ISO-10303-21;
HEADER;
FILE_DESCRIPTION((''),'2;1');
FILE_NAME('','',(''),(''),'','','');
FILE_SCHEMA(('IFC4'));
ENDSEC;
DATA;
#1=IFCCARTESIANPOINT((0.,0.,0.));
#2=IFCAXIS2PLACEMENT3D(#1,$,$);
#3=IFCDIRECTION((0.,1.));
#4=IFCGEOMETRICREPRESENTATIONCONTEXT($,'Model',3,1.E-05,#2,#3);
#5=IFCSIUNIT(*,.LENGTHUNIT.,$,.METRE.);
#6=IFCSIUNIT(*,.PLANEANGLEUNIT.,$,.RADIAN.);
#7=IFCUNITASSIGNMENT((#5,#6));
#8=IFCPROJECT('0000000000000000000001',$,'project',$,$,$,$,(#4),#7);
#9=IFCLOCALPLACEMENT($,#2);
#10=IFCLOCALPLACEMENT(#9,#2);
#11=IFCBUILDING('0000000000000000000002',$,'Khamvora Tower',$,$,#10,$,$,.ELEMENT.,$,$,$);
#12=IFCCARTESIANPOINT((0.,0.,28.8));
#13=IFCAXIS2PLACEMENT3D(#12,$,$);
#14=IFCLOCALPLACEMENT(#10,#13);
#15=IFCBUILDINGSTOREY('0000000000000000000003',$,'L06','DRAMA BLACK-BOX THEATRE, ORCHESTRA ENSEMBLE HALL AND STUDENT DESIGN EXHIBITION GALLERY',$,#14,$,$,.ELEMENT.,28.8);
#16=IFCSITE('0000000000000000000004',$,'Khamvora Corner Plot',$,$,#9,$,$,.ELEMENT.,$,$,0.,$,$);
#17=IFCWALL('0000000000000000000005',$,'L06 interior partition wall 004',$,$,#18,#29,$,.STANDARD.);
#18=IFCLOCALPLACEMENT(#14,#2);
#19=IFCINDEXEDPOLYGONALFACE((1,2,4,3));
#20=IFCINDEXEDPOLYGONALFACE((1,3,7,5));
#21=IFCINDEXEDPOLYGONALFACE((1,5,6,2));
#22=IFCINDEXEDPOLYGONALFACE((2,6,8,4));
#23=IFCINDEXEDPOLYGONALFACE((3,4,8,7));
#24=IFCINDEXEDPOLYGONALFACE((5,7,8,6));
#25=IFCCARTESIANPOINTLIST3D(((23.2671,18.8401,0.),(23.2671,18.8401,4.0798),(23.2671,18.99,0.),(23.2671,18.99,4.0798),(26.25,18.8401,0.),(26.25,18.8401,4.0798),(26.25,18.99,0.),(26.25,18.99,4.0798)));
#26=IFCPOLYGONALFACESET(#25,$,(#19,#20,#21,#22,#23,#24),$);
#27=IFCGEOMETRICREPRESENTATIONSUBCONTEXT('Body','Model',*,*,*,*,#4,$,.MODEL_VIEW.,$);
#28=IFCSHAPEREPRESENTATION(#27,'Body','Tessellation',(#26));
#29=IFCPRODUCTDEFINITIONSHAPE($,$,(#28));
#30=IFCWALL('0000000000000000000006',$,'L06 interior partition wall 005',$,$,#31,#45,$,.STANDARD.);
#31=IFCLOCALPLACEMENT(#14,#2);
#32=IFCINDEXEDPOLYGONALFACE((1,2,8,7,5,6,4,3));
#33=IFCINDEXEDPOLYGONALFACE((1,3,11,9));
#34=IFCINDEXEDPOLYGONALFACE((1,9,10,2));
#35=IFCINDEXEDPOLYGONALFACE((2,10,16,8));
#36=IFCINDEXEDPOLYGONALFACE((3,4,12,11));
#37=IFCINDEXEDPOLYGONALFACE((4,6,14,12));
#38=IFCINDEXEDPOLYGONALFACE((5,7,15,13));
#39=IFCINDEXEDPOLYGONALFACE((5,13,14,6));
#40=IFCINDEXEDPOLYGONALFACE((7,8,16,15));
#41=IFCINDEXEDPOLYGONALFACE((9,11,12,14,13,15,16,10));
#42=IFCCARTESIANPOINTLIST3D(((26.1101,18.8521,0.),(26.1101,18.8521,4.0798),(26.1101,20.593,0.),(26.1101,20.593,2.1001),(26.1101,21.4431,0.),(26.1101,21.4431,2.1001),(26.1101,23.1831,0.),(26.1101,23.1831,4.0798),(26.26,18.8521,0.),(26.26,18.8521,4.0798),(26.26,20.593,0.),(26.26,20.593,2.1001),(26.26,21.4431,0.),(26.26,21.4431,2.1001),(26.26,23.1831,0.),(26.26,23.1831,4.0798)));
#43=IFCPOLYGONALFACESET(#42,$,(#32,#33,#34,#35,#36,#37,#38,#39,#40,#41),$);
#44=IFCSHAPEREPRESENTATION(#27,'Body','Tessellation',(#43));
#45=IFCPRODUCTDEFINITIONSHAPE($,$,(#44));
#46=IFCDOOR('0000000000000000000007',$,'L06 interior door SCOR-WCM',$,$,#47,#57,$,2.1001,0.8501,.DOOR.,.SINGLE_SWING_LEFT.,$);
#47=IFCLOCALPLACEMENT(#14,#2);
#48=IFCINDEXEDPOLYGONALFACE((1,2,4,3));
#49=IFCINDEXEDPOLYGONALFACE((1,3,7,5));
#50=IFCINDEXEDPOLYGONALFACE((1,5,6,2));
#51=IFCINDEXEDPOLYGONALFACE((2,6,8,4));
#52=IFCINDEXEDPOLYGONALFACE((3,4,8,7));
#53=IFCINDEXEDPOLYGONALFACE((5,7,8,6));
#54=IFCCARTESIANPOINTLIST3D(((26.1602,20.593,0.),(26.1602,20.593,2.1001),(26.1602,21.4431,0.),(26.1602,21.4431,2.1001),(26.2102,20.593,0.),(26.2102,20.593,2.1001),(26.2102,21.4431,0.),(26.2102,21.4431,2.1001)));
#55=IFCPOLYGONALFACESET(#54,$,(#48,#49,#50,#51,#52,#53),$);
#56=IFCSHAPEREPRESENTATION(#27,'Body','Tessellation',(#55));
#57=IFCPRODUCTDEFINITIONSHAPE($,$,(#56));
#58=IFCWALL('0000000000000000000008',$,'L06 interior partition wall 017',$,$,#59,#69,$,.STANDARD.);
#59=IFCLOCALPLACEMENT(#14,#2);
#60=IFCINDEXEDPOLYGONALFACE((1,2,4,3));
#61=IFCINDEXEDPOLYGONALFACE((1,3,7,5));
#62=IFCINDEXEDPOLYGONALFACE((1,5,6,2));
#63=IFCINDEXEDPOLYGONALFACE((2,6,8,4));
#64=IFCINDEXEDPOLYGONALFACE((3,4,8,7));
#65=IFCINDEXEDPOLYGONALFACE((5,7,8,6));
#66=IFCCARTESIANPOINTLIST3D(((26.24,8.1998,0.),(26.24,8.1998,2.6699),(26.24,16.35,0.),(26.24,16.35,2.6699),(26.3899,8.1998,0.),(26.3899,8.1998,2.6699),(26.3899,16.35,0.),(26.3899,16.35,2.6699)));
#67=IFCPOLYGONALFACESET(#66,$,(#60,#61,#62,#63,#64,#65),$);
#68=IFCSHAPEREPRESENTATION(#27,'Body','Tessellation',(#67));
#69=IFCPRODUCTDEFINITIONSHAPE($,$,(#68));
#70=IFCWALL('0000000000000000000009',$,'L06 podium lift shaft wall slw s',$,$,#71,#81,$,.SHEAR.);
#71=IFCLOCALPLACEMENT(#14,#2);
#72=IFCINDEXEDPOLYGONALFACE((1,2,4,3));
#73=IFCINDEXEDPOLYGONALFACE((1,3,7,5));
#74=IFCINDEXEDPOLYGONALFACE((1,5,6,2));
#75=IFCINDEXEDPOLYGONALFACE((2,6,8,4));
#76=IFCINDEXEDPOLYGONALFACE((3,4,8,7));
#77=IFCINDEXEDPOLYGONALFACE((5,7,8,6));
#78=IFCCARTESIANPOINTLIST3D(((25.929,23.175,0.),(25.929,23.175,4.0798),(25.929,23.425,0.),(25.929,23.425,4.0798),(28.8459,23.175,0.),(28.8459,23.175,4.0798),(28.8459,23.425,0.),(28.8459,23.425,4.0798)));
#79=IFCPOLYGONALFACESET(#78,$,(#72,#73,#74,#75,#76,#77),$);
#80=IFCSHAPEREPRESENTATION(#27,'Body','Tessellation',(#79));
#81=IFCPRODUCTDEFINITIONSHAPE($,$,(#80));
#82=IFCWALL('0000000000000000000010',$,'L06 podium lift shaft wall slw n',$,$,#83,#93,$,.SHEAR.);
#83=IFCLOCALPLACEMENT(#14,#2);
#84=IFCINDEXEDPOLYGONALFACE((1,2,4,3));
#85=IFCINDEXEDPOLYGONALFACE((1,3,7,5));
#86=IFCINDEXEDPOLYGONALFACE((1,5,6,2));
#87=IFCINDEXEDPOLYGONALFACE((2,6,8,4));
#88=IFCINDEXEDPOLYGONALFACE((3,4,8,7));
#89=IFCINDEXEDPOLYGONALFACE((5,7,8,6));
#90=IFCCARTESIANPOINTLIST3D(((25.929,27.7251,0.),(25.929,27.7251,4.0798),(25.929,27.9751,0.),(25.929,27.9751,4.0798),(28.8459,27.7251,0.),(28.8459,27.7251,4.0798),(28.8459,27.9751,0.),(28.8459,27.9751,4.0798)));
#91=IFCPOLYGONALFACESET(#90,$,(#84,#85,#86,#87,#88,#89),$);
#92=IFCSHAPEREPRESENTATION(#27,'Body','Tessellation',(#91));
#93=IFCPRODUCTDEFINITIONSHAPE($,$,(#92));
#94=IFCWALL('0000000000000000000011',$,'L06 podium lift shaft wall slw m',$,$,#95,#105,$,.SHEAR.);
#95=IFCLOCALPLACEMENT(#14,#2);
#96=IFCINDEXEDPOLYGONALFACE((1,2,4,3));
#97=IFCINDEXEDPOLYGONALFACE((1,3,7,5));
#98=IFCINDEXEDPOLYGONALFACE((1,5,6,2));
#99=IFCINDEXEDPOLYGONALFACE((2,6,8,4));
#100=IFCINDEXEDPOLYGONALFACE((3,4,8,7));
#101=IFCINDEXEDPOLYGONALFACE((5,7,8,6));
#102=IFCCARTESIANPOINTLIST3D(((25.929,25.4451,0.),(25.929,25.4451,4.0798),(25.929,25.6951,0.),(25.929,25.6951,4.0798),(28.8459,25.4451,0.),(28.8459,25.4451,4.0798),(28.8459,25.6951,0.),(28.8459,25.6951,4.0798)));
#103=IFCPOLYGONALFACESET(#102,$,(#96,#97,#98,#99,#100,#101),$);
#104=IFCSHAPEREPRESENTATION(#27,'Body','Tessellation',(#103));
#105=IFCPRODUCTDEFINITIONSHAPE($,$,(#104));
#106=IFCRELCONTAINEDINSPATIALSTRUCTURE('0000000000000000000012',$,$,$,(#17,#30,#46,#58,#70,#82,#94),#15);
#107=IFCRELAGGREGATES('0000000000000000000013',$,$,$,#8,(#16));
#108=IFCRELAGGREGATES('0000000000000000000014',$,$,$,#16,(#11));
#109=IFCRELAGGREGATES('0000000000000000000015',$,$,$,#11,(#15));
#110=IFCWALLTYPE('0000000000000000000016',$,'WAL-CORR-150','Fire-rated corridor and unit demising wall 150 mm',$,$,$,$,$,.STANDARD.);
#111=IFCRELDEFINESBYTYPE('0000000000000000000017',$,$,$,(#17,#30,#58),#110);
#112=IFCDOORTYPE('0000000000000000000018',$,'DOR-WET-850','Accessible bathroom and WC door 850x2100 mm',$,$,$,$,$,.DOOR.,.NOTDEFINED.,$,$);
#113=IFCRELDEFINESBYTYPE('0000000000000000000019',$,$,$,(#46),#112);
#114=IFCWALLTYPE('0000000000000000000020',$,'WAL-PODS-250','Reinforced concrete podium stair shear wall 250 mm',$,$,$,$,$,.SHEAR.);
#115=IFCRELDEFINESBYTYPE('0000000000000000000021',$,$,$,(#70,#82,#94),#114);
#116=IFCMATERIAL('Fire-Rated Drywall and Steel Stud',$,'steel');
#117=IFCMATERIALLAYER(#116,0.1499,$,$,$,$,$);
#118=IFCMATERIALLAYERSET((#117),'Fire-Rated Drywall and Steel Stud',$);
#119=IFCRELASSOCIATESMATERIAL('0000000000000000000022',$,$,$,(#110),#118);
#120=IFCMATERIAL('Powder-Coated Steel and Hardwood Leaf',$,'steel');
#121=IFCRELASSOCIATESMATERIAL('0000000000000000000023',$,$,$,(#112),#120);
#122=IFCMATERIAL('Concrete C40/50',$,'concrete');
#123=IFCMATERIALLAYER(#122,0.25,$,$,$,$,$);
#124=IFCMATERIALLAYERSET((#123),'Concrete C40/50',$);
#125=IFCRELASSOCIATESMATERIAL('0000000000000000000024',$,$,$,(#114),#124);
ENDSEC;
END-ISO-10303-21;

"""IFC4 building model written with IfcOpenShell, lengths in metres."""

from ifc_helpers import new_model, si_unit, direction, frame, frame_2d, origin, place, context, subcontext, project, spatial, rectangle, extrude, material, layer, layer_set, type_object, element, fill, save


model = new_model("IFC4")

# Units and contexts
model_context = context("Model", 3, precision=1e-05, world=origin(), true_north=direction((0.0, 1.0)))
body_context = subcontext(model_context, "Body", "Model", "MODEL_VIEW")
ifc_project = project(units=[si_unit("LENGTHUNIT", "METRE"), si_unit("PLANEANGLEUNIT", "RADIAN")], contexts=[model_context])

# Site, building, storey
site_placement = place(None, origin())
site = spatial("IfcSite", under=ifc_project, at=site_placement, Name="Khamvora Corner Plot", CompositionType="ELEMENT", RefElevation=0.0)
building_placement = place(site_placement, origin())
building = spatial("IfcBuilding", under=site, at=building_placement, Name="Khamvora Tower", CompositionType="ELEMENT")
storey_placement = place(building_placement, frame((0.0, 0.0, 28.8)))
storey = spatial("IfcBuildingStorey", under=building, at=storey_placement, Name="L06", Description="DRAMA BLACK-BOX THEATRE, ORCHESTRA ENSEMBLE HALL AND STUDENT DESIGN EXHIBITION GALLERY", CompositionType="ELEMENT", Elevation=28.8)

# Shared definitions
ifc_material_1 = material(Name="Powder-Coated Steel and Hardwood Leaf", Category="steel")

# Wall
ifc_material_2 = material(Name="Fire-Rated Drywall and Steel Stud", Category="steel")
ifc_layer_1 = layer(ifc_material_2, 0.1499)
ifc_layer_set_1 = layer_set([ifc_layer_1], Name="Fire-Rated Drywall and Steel Stud")
wall_type_1 = type_object("IfcWallType", Name="WAL-CORR-150", Description="Fire-rated corridor and unit demising wall 150 mm", PredefinedType="STANDARD", material=ifc_layer_set_1)
wall_1_placement = place(storey_placement, frame((23.2671, 18.915, 0.0), z_axis=(0.0, 0.0, 1.0), x_axis=(1.0, 0.0, 0.0)))
element("IfcWall", 1, at=wall_1_placement, inside=storey, type_object=wall_type_1, Name="L06 interior partition wall 004", PredefinedType="STANDARD", context=body_context, shape_type="SweptSolid", body=[
    extrude(rectangle(XDim=2.9829, YDim=0.1499, at=frame_2d((1.4915, 0.0))), origin(), (0.0, 0.0, 1.0), 4.0798),
])

# Wall, opening, door
wall_2_placement = place(storey_placement, frame((26.1851, 18.8521, 0.0), z_axis=(0.0, 0.0, 1.0), x_axis=(0.0, 1.0, 0.0)))
wall_2 = element("IfcWall", 2, at=wall_2_placement, inside=storey, type_object=wall_type_1, Name="L06 interior partition wall 005", PredefinedType="STANDARD", context=body_context, shape_type="SweptSolid", body=[
    extrude(rectangle(XDim=4.3311, YDim=0.1499, at=frame_2d((2.1655, 0.0))), origin(), (0.0, 0.0, 1.0), 4.0798),
])
opening_1_placement = place(wall_2_placement, frame((1.741, 0.0, 0.0)))
opening_1 = element("IfcOpeningElement", 3, at=opening_1_placement, cuts=wall_2, PredefinedType="OPENING", context=body_context, shape_type="SweptSolid", body=[
    extrude(rectangle(XDim=0.8501, YDim=2.1001, at=frame_2d((0.425, 1.05))), frame((0.0, 0.085, 0.0), z_axis=(0.0, -1.0, 0.0), x_axis=(1.0, 0.0, 0.0)), (0.0, 0.0, 1.0), 0.1699),
])
door_type_1 = type_object("IfcDoorType", Name="DOR-WET-850", Description="Accessible bathroom and WC door 850x2100 mm", OperationType="NOTDEFINED", PredefinedType="DOOR", material=ifc_material_1)
door_1_placement = place(opening_1_placement, origin())
door_1 = element("IfcDoor", 4, at=door_1_placement, inside=storey, type_object=door_type_1, Name="L06 interior door SCOR-WCM", OperationType="SINGLE_SWING_LEFT", OverallHeight=2.1001, OverallWidth=0.8501, PredefinedType="DOOR", context=body_context, shape_type="SweptSolid", body=[
    extrude(rectangle(XDim=0.8501, YDim=2.1001, at=frame_2d((0.425, 1.05))), frame((0.0, 0.0249, 0.0), z_axis=(0.0, -1.0, 0.0), x_axis=(1.0, 0.0, 0.0)), (0.0, 0.0, 1.0), 0.05),
])
fill(opening_1, door_1)

# Wall
wall_3_placement = place(storey_placement, frame((26.3149, 16.3501, 0.0), z_axis=(0.0, 0.0, 1.0), x_axis=(0.0, -1.0, 0.0)))
element("IfcWall", 5, at=wall_3_placement, inside=storey, type_object=wall_type_1, Name="L06 interior partition wall 017", PredefinedType="STANDARD", context=body_context, shape_type="SweptSolid", body=[
    extrude(rectangle(XDim=8.1501, YDim=0.1499, at=frame_2d((4.0752, 0.0))), origin(), (0.0, 0.0, 1.0), 2.6699),
])

# Shared definitions
ifc_material_3 = material(Name="Concrete C40/50", Category="concrete")
ifc_layer_2 = layer(ifc_material_3, 0.25)
ifc_layer_set_2 = layer_set([ifc_layer_2], Name="Concrete C40/50")
wall_type_2 = type_object("IfcWallType", Name="WAL-PODS-250", Description="Reinforced concrete podium stair shear wall 250 mm", PredefinedType="SHEAR", material=ifc_layer_set_2)

# Walls
for number, where, z_axis, x_axis, name in (
    (6, (25.929, 23.3, 0.0), (0.0, 0.0, 1.0), (1.0, 0.0, 0.0), "L06 podium lift shaft wall slw s"),
    (7, (25.929, 27.8501, 0.0), (0.0, 0.0, 1.0), (1.0, 0.0, 0.0), "L06 podium lift shaft wall slw n"),
    (8, (25.929, 25.5701, 0.0), (0.0, 0.0, 1.0), (1.0, 0.0, 0.0), "L06 podium lift shaft wall slw m"),
):
    element("IfcWall", number, at=place(storey_placement, frame(where, z_axis=z_axis, x_axis=x_axis)), inside=storey, type_object=wall_type_2, Name=name, PredefinedType="SHEAR", context=body_context, shape_type="SweptSolid", body=[
        extrude(rectangle(XDim=2.917, YDim=0.25, at=frame_2d((1.4585, 0.0))), origin(), (0.0, 0.0, 1.0), 4.0798),
    ])

save(model, "model.ifc")
